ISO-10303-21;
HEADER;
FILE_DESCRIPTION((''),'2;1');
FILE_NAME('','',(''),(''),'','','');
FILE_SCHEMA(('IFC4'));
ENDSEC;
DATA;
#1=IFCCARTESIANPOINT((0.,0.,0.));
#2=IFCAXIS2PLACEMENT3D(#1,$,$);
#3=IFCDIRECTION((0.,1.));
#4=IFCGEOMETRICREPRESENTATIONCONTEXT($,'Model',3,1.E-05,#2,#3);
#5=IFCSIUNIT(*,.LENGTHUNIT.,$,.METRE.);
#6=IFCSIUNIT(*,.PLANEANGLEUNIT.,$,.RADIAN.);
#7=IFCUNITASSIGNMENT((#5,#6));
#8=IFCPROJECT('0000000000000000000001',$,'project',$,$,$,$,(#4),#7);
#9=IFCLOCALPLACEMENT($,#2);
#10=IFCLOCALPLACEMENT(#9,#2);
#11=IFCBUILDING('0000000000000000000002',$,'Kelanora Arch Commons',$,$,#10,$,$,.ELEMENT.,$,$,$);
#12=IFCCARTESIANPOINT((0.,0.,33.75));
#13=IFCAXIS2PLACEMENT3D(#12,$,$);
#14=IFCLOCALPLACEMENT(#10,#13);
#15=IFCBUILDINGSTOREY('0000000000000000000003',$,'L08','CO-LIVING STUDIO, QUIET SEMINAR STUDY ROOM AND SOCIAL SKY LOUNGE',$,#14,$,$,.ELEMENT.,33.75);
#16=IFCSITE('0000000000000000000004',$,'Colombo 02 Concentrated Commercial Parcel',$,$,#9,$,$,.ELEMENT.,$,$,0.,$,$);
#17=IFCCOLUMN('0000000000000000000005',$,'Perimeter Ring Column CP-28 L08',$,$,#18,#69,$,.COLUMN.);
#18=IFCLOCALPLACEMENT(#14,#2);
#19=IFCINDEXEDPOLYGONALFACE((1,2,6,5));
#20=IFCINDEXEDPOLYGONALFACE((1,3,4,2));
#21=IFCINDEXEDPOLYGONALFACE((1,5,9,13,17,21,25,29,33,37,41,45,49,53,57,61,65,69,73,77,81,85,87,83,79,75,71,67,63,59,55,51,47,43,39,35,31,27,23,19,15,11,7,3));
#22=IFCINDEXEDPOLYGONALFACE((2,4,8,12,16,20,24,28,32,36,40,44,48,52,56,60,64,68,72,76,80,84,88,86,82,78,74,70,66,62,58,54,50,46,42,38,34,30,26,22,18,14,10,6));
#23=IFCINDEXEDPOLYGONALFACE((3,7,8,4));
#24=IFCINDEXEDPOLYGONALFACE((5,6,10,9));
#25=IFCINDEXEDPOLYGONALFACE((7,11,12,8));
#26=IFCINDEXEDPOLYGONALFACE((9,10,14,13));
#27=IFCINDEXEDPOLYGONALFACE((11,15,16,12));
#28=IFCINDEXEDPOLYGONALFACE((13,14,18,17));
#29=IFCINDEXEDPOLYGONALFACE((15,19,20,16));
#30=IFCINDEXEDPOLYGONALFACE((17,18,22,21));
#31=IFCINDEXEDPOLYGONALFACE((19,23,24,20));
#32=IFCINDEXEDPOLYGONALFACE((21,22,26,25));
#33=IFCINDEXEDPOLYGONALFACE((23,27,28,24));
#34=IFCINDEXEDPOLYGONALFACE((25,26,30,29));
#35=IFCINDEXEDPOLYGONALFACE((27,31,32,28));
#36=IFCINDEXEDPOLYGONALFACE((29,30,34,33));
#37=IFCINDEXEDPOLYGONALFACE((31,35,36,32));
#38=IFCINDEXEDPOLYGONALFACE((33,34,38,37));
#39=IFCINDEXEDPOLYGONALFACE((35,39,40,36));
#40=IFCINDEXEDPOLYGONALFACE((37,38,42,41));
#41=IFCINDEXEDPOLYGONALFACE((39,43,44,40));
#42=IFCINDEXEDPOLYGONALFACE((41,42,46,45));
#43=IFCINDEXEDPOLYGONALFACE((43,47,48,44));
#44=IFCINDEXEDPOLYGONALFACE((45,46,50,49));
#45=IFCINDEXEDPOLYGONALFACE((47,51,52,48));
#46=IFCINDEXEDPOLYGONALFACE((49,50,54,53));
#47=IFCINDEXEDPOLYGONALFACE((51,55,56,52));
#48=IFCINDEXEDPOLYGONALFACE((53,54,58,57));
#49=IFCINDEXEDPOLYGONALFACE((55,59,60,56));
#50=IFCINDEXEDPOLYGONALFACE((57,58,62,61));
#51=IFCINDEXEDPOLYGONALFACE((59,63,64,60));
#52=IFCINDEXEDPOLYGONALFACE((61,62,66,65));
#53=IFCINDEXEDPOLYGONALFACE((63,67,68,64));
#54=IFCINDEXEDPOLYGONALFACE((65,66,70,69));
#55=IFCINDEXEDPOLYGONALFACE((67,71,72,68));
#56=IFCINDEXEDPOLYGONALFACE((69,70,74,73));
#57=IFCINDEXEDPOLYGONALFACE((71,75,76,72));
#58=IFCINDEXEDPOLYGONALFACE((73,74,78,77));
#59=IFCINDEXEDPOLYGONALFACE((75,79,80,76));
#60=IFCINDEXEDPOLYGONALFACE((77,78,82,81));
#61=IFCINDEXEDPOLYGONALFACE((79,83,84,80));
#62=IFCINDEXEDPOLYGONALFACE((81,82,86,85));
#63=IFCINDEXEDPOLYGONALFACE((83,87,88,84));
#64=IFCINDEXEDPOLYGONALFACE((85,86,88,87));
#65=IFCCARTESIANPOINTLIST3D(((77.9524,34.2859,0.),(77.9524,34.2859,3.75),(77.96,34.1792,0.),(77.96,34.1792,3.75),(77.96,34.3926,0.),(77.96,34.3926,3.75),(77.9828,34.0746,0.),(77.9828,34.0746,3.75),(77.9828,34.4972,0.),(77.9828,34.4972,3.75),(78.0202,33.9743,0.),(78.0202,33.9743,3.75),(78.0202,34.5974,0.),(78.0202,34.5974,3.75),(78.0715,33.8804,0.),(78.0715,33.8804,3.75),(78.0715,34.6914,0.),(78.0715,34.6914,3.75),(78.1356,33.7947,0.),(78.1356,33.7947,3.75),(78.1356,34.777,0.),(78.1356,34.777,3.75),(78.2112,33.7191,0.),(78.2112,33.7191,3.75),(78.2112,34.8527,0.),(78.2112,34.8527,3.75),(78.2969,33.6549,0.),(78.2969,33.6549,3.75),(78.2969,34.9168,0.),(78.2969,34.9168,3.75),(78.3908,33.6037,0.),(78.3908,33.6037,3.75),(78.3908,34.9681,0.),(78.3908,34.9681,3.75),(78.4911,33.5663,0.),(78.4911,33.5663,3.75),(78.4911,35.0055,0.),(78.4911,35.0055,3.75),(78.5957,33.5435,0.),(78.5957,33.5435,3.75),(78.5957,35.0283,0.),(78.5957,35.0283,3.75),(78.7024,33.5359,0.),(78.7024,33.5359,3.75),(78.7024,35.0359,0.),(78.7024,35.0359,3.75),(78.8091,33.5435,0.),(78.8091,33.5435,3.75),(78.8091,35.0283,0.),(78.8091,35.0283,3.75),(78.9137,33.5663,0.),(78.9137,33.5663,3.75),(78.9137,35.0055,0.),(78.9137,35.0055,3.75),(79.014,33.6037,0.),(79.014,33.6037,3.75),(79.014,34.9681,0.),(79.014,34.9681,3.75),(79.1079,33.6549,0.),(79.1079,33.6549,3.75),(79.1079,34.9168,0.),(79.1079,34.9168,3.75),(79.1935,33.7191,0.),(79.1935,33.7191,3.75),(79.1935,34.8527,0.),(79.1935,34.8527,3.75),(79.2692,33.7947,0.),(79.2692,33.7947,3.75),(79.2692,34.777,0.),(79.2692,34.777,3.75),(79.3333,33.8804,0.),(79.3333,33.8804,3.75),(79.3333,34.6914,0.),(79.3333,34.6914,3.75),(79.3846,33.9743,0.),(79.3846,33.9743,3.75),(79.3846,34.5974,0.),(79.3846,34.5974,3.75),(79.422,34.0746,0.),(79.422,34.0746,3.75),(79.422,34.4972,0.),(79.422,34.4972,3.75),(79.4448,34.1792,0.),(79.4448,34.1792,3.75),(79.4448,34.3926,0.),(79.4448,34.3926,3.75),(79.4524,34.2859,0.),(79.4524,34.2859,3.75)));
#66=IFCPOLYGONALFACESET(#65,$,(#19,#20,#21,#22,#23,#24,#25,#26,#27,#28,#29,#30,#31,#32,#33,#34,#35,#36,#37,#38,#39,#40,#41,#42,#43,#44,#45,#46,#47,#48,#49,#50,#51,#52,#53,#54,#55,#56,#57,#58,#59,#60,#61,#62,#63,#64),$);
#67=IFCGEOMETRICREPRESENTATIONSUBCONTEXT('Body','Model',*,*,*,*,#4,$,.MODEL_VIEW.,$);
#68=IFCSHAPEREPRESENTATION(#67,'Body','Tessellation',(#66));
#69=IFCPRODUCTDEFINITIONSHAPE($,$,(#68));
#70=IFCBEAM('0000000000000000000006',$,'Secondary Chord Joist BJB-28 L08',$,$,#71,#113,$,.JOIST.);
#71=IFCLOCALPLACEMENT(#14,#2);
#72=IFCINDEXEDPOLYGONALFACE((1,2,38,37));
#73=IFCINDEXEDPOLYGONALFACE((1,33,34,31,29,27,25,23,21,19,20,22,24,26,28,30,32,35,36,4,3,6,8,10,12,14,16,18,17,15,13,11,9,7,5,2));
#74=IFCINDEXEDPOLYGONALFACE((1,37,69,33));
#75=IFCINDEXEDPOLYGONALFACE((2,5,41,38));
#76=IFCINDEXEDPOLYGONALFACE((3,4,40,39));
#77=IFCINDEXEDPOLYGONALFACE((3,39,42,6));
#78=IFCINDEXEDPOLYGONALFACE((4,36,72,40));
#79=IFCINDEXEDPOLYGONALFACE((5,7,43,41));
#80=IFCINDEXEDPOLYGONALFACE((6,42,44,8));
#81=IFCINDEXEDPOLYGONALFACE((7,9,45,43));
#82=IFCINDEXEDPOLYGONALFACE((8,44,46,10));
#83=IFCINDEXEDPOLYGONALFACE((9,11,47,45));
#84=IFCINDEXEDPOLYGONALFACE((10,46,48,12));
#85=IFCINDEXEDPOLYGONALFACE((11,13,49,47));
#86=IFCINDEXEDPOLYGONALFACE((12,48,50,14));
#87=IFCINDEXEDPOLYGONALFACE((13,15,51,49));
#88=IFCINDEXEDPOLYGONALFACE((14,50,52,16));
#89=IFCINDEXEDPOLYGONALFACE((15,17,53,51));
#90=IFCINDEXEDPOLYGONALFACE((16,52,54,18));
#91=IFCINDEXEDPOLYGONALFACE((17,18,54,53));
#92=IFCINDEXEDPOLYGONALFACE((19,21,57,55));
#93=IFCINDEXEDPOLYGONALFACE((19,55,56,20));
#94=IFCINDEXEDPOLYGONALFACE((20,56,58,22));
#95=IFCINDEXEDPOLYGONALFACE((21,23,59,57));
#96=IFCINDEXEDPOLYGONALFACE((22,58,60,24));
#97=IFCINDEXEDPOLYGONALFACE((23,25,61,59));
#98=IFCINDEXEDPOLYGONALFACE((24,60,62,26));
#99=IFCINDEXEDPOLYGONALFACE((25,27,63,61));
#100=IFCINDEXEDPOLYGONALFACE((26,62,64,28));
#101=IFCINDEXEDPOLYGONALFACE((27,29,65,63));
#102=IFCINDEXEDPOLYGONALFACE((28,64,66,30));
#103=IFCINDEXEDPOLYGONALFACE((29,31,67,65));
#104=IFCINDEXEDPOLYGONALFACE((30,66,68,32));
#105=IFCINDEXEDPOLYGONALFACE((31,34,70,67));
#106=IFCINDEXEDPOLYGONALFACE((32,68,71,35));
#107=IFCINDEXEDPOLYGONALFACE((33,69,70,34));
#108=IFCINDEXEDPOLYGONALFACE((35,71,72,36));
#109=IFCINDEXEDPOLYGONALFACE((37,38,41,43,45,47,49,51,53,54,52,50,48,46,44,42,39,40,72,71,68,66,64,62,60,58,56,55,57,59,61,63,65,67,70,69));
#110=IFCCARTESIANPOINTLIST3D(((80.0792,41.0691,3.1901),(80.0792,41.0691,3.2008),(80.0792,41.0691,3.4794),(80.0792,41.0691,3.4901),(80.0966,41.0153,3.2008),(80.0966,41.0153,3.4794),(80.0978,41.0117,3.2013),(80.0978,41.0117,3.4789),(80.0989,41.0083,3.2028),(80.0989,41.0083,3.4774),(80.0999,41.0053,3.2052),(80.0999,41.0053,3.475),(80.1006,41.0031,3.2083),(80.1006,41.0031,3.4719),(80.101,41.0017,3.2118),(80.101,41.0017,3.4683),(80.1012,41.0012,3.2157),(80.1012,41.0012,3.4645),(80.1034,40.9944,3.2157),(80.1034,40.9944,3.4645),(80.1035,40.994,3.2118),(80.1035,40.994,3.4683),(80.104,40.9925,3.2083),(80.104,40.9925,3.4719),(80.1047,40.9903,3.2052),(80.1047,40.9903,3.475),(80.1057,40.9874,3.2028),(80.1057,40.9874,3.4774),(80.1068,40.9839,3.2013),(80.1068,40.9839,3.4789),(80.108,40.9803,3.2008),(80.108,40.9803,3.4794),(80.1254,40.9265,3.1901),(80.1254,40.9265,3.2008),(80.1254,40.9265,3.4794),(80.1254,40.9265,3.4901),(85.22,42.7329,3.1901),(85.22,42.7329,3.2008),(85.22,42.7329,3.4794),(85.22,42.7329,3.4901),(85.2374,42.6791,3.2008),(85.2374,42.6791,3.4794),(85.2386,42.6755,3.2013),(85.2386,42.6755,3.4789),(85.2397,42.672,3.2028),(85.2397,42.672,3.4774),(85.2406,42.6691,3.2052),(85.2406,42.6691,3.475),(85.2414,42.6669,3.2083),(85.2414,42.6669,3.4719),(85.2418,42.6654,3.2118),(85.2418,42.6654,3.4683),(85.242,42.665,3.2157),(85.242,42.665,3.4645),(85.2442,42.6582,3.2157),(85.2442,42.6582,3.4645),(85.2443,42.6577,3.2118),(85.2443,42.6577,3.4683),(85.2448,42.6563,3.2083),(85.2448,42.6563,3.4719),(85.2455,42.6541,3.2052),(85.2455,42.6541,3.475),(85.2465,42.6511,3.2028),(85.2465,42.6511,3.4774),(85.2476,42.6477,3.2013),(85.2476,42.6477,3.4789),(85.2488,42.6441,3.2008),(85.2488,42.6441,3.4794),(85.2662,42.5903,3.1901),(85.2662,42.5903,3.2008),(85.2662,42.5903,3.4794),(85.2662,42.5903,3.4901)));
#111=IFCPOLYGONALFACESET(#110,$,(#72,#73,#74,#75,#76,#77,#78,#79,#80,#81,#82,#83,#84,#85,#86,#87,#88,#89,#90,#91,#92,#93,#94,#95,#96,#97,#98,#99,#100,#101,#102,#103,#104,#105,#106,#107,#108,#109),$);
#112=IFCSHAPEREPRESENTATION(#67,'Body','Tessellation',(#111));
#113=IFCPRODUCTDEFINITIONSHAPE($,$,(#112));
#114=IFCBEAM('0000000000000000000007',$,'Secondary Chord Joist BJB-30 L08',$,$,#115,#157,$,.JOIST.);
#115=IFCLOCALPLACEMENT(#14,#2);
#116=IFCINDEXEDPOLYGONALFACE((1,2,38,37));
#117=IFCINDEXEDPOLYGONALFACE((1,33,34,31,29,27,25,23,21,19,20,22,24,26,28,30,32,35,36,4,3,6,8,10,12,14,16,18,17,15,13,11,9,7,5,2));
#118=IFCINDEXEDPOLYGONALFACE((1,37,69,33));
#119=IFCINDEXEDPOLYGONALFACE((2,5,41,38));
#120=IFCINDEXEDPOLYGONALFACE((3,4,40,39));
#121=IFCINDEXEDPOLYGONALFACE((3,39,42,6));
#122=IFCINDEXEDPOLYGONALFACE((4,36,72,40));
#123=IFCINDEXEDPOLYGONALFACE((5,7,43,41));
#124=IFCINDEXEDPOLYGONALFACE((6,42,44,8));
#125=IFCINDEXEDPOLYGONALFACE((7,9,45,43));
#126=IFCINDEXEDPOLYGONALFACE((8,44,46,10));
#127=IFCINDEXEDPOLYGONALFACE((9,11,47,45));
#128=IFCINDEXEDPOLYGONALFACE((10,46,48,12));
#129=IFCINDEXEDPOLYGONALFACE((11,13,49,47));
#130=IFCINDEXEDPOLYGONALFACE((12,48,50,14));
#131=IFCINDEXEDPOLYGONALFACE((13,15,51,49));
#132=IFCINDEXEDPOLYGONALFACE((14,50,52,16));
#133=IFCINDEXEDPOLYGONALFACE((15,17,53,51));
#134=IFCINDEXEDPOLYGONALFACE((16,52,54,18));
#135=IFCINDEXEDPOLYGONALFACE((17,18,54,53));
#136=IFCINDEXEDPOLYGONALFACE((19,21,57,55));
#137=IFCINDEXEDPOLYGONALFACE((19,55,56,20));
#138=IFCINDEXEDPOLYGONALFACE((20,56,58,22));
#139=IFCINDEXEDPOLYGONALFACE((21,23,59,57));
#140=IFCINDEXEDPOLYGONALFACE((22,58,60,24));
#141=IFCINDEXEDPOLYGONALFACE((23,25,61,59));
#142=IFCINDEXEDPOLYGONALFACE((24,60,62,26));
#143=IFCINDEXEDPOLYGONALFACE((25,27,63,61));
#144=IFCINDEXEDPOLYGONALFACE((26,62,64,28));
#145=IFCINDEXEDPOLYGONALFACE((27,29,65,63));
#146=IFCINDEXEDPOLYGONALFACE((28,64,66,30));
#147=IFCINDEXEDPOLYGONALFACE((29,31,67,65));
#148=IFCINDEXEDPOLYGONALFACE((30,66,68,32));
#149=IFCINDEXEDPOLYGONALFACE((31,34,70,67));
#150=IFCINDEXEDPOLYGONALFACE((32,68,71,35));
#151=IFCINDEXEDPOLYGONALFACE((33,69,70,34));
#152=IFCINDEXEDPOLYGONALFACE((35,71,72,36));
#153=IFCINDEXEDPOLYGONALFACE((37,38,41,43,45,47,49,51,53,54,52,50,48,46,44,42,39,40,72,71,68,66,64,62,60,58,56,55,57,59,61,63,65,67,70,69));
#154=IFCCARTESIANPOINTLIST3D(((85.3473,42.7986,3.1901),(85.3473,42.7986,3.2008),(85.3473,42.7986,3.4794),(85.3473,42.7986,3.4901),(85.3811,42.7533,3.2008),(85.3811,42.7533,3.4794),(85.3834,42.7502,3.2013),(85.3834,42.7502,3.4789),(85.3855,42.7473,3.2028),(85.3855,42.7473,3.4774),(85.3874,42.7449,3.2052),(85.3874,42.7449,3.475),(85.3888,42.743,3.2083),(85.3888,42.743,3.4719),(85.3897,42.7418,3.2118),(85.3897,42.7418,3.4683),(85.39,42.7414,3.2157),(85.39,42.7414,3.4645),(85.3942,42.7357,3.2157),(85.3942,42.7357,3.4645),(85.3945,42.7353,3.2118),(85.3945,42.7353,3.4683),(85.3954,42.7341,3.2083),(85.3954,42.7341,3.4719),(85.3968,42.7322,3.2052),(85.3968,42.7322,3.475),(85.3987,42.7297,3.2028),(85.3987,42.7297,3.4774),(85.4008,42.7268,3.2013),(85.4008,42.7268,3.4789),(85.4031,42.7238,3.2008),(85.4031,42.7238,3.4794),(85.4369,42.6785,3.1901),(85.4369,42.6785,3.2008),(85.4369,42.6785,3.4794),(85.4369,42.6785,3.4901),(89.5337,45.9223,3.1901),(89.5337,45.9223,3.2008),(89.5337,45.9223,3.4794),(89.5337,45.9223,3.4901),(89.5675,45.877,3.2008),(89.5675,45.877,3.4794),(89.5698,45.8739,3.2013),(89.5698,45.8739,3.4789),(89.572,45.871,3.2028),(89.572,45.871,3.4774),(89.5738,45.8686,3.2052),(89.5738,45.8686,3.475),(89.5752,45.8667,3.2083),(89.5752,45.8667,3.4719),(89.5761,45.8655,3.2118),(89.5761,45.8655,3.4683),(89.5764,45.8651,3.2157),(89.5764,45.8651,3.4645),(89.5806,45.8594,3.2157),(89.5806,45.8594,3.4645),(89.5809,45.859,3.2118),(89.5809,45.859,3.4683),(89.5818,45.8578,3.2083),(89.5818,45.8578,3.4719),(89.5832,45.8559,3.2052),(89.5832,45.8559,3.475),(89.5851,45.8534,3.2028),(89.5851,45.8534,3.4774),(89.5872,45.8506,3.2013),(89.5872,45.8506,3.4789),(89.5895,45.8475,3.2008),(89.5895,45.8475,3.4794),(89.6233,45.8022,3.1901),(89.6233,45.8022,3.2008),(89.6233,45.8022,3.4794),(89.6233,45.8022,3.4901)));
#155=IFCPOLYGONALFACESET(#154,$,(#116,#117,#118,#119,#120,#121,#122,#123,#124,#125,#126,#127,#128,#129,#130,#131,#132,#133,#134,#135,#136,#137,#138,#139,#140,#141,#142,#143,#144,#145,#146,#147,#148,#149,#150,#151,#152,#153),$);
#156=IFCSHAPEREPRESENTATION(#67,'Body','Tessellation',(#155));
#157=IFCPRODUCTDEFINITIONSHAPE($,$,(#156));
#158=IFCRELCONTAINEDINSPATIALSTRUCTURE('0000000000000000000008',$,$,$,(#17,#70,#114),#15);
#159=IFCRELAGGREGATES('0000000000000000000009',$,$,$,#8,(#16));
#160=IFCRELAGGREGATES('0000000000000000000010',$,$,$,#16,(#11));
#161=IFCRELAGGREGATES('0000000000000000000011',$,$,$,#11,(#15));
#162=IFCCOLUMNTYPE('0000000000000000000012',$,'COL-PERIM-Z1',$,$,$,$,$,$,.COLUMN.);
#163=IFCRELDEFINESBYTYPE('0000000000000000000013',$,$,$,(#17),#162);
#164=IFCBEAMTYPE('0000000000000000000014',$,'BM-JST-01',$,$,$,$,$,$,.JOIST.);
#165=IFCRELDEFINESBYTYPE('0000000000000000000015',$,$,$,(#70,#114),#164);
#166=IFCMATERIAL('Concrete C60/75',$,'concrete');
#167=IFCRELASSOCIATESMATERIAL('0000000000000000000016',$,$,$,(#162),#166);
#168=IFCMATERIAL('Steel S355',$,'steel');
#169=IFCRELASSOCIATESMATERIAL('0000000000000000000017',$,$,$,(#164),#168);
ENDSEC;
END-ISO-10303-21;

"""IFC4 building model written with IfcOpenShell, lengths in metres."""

from ifc_helpers import new_model, si_unit, direction, frame, origin, origin_2d, place, context, subcontext, project, spatial, circle, i_section, extrude, material, material_profile, profile_set, type_object, element, save


model = new_model("IFC4")

# Units and contexts
model_context = context("Model", 3, precision=1e-05, world=origin(), true_north=direction((0.0, 1.0)))
body_context = subcontext(model_context, "Body", "Model", "MODEL_VIEW")
ifc_project = project(units=[si_unit("LENGTHUNIT", "METRE"), si_unit("PLANEANGLEUNIT", "RADIAN")], contexts=[model_context])

# Site, building, storey
site_placement = place(None, origin())
site = spatial("IfcSite", under=ifc_project, at=site_placement, Name="Colombo 02 Concentrated Commercial Parcel", CompositionType="ELEMENT", RefElevation=0.0)
building_placement = place(site_placement, origin())
building = spatial("IfcBuilding", under=site, at=building_placement, Name="Kelanora Arch Commons", CompositionType="ELEMENT")
storey_placement = place(building_placement, frame((0.0, 0.0, 33.75)))
storey = spatial("IfcBuildingStorey", under=building, at=storey_placement, Name="L08", Description="CO-LIVING STUDIO, QUIET SEMINAR STUDY ROOM AND SOCIAL SKY LOUNGE", CompositionType="ELEMENT", Elevation=33.75)

# Column
ifc_material_1 = material(Name="Concrete C60/75", Category="concrete")
ifc_material_profile_1 = material_profile(ifc_material_1, circle(Radius=0.75, at=origin_2d()), Name="RCC1500")
ifc_profile_set_1 = profile_set([ifc_material_profile_1], Name="Concrete C60/75")
column_type = type_object("IfcColumnType", Name="COL-PERIM-Z1", PredefinedType="COLUMN", material=ifc_profile_set_1)
column_placement = place(storey_placement, frame((78.7024, 34.2859, 0.0), z_axis=(0.0, 0.0, 1.0), x_axis=(1.0, 0.0, 0.0)))
element("IfcColumn", 1, at=column_placement, inside=storey, type_object=column_type, Name="Perimeter Ring Column CP-28 L08", PredefinedType="COLUMN", context=body_context, shape_type="SweptSolid", body=[
    extrude(circle(Radius=0.75, at=origin_2d()), origin(), (0.0, 0.0, 1.0), 3.75),
])

# Beams
ifc_material_2 = material(Name="Steel S355", Category="steel")
ifc_material_profile_2 = material_profile(ifc_material_2, i_section(OverallWidth=0.1499, OverallDepth=0.3, WebThickness=0.0071, FlangeThickness=0.0107, FilletRadius=0.0149, at=origin_2d()), Name="IPE300")
ifc_profile_set_2 = profile_set([ifc_material_profile_2], Name="Steel S355")
beam_type_1 = type_object("IfcBeamType", Name="BM-JST-01", PredefinedType="JOIST", material=ifc_profile_set_2)
beam_1_placement = place(storey_placement, frame((80.1023, 40.9978, 3.3401), z_axis=(0.951412, 0.30792, 0.0), x_axis=(-0.30792, 0.951412, 0.0)))
element("IfcBeam", 2, at=beam_1_placement, inside=storey, type_object=beam_type_1, Name="Secondary Chord Joist BJB-28 L08", PredefinedType="JOIST", context=body_context, shape_type="SweptSolid", body=[
    extrude(i_section(OverallWidth=0.1499, OverallDepth=0.3, WebThickness=0.0071, FlangeThickness=0.0107, FilletRadius=0.0149, at=origin_2d()), origin(), (0.0, 0.0, 1.0), 5.4033),
])
beam_2_placement = place(storey_placement, frame((85.3921, 42.7385, 3.3401), z_axis=(0.801478, 0.598024, 0.0), x_axis=(-0.598024, 0.801478, 0.0)))
element("IfcBeam", 3, at=beam_2_placement, inside=storey, type_object=beam_type_1, Name="Secondary Chord Joist BJB-30 L08", PredefinedType="JOIST", context=body_context, shape_type="SweptSolid", body=[
    extrude(i_section(OverallWidth=0.1499, OverallDepth=0.3, WebThickness=0.0071, FlangeThickness=0.0107, FilletRadius=0.0149, at=origin_2d()), origin(), (0.0, 0.0, 1.0), 5.2234),
])

save(model, "model.ifc")
